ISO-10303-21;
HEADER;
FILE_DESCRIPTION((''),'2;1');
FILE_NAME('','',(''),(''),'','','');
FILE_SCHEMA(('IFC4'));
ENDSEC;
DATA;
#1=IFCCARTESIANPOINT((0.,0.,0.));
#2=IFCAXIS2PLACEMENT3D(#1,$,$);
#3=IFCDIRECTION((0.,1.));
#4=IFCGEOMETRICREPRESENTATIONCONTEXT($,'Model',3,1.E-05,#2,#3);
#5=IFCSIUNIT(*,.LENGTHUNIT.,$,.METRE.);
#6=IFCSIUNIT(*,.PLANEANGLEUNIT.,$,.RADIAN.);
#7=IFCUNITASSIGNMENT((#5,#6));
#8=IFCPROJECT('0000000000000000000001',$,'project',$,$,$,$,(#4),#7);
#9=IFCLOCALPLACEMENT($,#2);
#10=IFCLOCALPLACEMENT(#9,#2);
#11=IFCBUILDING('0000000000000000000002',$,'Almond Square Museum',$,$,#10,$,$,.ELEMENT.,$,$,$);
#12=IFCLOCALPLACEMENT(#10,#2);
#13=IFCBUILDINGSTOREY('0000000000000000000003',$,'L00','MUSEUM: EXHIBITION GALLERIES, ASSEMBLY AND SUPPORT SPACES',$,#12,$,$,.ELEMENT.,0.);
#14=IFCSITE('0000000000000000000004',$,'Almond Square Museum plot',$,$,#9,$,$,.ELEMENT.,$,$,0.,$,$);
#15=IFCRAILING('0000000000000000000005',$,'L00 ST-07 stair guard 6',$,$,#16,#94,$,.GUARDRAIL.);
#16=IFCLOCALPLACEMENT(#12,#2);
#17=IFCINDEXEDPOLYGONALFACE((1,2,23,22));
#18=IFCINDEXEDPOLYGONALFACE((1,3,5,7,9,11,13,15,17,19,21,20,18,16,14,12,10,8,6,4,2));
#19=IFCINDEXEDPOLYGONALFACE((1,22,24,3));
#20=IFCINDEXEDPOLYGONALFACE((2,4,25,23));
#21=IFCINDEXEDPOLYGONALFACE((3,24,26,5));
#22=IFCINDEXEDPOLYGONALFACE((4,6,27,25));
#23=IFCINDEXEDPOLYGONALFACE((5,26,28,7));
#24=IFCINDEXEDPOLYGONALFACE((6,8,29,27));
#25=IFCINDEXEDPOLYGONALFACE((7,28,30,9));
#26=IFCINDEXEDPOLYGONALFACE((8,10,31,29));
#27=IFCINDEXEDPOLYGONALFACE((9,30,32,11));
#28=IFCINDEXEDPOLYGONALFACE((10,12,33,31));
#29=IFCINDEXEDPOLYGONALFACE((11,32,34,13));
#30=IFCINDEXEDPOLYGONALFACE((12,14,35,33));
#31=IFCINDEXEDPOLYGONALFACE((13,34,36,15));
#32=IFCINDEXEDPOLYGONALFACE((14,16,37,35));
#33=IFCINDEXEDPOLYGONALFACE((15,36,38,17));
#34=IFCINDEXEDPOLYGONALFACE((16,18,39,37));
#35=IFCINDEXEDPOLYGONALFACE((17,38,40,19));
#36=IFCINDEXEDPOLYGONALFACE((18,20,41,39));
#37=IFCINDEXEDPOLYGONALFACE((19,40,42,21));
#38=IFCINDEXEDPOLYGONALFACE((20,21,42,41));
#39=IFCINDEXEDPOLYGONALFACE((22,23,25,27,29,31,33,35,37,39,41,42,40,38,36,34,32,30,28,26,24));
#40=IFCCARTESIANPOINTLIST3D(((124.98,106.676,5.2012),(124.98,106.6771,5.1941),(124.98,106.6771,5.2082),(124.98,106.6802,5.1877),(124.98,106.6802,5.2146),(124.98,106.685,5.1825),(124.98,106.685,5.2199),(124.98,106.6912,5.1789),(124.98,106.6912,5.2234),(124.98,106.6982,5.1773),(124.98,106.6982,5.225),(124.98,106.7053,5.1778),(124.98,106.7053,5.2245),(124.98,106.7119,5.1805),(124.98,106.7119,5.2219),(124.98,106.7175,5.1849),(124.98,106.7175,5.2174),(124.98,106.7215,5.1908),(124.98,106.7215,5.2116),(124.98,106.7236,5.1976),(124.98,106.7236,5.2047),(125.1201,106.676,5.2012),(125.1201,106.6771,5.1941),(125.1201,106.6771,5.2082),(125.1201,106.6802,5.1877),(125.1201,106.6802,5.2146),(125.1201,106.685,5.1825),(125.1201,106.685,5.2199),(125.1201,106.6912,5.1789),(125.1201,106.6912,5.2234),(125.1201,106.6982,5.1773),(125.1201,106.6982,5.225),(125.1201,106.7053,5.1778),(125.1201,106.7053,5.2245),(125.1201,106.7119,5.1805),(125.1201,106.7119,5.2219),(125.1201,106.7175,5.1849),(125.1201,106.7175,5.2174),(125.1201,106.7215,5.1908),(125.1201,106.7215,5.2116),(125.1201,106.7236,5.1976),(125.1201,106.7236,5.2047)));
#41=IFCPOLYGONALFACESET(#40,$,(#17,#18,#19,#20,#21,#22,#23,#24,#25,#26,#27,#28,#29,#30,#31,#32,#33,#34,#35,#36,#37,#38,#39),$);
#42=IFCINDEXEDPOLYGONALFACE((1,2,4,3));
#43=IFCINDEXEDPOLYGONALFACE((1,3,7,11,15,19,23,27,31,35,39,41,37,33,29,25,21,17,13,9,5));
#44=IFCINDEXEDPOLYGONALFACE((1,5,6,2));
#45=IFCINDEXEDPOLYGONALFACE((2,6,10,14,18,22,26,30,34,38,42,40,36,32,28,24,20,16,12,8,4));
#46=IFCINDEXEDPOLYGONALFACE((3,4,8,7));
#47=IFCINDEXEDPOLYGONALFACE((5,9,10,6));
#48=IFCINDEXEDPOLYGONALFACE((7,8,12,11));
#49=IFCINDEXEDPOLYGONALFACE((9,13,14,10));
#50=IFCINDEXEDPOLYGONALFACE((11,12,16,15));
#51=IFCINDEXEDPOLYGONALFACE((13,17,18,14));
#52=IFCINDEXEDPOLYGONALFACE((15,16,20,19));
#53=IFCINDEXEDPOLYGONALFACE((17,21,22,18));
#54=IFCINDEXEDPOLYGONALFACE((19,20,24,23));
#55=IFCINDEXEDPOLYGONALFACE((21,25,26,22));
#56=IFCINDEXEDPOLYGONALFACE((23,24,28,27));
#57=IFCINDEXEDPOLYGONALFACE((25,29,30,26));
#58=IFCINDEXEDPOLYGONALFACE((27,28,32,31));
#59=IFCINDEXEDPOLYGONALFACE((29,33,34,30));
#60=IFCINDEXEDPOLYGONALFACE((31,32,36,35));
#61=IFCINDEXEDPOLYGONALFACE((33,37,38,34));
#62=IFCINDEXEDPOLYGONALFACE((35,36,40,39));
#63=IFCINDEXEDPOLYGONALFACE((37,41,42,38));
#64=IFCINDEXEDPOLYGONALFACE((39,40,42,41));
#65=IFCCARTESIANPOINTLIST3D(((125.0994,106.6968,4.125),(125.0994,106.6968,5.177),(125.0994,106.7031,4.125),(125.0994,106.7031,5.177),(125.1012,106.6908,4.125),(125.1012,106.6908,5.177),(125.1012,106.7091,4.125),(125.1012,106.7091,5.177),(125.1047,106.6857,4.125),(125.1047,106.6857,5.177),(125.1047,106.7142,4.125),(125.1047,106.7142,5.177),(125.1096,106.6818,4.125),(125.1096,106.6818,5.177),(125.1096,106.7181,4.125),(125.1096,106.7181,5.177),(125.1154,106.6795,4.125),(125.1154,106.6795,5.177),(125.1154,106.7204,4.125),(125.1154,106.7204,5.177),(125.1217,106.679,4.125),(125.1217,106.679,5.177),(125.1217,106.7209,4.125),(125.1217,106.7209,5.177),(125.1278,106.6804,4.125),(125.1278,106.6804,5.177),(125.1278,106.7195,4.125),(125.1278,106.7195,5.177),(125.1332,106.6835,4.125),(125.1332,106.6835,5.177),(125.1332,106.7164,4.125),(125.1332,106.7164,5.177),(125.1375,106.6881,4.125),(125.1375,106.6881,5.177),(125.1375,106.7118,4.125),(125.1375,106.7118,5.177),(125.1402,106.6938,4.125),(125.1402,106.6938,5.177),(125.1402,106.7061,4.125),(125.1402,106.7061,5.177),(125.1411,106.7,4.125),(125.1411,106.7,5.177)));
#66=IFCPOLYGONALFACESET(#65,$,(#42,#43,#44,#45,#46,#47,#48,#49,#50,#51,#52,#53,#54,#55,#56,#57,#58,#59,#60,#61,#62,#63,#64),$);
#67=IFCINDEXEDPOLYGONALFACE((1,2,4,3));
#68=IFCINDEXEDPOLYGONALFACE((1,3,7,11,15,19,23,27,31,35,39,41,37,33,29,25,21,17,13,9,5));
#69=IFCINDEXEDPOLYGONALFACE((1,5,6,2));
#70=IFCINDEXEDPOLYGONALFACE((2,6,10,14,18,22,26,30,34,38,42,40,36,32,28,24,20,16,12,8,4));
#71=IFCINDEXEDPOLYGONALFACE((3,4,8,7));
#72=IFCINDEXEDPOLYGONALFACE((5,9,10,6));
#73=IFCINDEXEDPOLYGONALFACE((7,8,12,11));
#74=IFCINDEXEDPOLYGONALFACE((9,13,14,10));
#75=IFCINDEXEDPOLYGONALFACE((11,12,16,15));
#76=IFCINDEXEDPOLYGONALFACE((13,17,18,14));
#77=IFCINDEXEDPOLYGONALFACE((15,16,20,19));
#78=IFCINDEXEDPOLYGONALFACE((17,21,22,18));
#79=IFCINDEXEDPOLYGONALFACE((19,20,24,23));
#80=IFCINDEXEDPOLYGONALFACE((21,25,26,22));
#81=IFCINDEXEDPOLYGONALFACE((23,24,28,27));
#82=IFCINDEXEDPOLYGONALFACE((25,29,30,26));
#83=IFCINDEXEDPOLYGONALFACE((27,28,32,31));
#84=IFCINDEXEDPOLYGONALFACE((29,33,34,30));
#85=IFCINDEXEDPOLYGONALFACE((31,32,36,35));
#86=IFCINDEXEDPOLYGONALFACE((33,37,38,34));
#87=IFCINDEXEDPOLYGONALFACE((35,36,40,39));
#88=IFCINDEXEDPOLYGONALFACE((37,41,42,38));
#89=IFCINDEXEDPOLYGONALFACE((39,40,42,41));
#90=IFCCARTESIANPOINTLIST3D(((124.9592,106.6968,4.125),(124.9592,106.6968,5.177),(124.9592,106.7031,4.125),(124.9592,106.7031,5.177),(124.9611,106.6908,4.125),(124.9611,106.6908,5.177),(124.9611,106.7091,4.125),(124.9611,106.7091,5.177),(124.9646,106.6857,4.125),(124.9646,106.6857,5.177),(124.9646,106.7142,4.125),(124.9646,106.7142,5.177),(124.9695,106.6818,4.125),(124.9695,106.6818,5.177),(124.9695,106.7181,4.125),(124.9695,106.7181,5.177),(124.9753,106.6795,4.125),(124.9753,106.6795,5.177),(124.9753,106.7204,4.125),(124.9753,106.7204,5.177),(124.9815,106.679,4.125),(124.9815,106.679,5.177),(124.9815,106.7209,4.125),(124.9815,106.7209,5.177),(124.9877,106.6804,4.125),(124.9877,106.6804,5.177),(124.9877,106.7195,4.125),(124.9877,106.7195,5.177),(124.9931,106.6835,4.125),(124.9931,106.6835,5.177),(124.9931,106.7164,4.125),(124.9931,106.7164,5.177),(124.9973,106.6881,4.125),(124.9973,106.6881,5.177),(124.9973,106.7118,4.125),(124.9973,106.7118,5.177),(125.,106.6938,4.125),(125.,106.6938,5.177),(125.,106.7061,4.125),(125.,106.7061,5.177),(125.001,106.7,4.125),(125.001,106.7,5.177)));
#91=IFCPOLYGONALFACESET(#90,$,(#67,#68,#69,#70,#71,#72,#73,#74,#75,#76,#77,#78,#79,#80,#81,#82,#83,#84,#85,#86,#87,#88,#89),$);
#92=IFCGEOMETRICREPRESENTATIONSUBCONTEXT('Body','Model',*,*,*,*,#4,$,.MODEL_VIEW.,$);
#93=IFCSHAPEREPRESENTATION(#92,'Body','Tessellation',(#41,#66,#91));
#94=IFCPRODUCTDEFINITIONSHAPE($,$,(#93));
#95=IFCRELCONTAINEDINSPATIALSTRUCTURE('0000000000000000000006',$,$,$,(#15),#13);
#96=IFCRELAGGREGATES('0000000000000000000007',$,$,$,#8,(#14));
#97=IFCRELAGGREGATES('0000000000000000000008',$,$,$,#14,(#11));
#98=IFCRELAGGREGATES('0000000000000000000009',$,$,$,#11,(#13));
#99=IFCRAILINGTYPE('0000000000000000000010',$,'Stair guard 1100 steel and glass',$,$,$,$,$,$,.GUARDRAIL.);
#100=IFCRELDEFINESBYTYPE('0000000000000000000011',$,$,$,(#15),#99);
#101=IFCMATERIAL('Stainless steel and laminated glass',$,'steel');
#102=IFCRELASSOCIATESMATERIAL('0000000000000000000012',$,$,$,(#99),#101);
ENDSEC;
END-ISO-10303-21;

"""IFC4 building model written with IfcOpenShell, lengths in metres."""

from ifc_helpers import new_model, si_unit, direction, frame, origin, origin_2d, place, context, subcontext, project, spatial, circle, extrude, material, type_object, element, save


model = new_model("IFC4")

# Units and contexts
model_context = context("Model", 3, precision=1e-05, world=origin(), true_north=direction((0.0, 1.0)))
body_context = subcontext(model_context, "Body", "Model", "MODEL_VIEW")
ifc_project = project(units=[si_unit("LENGTHUNIT", "METRE"), si_unit("PLANEANGLEUNIT", "RADIAN")], contexts=[model_context])

# Site, building, storey
site_placement = place(None, origin())
site = spatial("IfcSite", under=ifc_project, at=site_placement, Name="Almond Square Museum plot", CompositionType="ELEMENT", RefElevation=0.0)
building_placement = place(site_placement, origin())
building = spatial("IfcBuilding", under=site, at=building_placement, Name="Almond Square Museum", CompositionType="ELEMENT")
storey_placement = place(building_placement, origin())
storey = spatial("IfcBuildingStorey", under=building, at=storey_placement, Name="L00", Description="MUSEUM: EXHIBITION GALLERIES, ASSEMBLY AND SUPPORT SPACES", CompositionType="ELEMENT", Elevation=0.0)

# Railing
ifc_material_1 = material(Name="Stainless steel and laminated glass", Category="steel")
railing_type_1 = type_object("IfcRailingType", Name="Stair guard 1100 steel and glass", PredefinedType="GUARDRAIL", material=ifc_material_1)
railing_1_placement = place(storey_placement, frame((125.1201, 106.7, 4.125)))
element("IfcRailing", 1, at=railing_1_placement, inside=storey, type_object=railing_type_1, Name="L00 ST-07 stair guard 6", PredefinedType="GUARDRAIL", context=body_context, shape_type="SweptSolid", body=[
    extrude(circle(Radius=0.0239, at=origin_2d()), frame((0.0, 0.0, 1.0762), z_axis=(-1.0, 0.0, 0.0), x_axis=(0.0, -1.0, 0.0)), (0.0, 0.0, 1.0), 0.1401),
    extrude(circle(Radius=0.021, at=origin_2d()), origin(), (0.0, 0.0, 1.0), 1.052),
    extrude(circle(Radius=0.021, at=origin_2d()), frame((-0.1401, 0.0, 0.0)), (0.0, 0.0, 1.0), 1.052),
])

save(model, "model.ifc")
